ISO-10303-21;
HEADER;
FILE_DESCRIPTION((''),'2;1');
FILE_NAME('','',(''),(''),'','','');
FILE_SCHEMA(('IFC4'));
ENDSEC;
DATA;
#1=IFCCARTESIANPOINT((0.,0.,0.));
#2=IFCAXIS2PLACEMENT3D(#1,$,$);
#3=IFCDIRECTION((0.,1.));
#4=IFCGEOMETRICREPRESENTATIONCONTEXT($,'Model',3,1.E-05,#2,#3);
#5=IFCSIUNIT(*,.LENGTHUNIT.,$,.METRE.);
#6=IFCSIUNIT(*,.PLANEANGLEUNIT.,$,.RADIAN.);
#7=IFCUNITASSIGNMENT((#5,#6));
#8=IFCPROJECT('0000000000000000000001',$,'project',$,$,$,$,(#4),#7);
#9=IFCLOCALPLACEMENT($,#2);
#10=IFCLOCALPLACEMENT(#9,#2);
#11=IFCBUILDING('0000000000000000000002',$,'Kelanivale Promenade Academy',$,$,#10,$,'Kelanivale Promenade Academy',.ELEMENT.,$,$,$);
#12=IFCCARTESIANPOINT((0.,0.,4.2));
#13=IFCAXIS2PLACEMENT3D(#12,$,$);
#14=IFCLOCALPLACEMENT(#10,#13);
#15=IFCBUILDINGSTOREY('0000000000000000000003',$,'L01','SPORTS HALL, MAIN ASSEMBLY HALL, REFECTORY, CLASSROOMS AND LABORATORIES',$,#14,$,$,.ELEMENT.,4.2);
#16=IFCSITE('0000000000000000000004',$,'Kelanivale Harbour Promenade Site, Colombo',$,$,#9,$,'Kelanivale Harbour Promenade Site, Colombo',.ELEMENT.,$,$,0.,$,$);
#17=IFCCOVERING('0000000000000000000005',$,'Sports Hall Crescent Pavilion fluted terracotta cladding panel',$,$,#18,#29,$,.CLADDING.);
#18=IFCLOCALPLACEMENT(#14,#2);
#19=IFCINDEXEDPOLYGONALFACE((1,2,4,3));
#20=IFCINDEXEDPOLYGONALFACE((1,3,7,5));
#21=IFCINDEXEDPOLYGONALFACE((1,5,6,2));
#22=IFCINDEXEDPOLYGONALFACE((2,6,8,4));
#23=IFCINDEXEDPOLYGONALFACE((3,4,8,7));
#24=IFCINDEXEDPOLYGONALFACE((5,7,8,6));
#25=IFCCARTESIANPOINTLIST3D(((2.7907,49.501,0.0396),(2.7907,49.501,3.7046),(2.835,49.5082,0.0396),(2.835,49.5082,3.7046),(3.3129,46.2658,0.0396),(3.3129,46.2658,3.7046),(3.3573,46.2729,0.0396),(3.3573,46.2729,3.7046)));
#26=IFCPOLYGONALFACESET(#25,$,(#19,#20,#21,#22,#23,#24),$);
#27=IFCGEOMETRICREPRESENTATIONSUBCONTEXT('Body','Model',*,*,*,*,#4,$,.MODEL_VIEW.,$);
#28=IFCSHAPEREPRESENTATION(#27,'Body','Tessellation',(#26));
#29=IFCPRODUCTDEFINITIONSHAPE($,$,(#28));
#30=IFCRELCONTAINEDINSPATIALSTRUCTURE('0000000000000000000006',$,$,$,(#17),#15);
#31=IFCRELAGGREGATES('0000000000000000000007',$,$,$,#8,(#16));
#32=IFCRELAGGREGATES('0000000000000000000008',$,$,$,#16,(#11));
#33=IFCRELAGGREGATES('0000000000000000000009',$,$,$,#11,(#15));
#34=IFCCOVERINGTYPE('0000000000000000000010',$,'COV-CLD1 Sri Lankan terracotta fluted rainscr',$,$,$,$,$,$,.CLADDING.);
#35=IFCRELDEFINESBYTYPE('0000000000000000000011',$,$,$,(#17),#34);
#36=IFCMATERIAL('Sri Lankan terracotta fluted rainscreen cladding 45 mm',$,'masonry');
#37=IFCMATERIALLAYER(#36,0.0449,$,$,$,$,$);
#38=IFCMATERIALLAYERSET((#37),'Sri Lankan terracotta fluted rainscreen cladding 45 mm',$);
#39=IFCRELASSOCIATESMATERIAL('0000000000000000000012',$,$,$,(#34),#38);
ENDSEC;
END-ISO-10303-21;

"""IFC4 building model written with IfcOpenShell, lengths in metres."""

from ifc_helpers import new_model, si_unit, direction, frame, origin, origin_2d, place, context, subcontext, project, spatial, rectangle, extrude, material, layer, layer_set, type_object, element, save


model = new_model("IFC4")

# Units and contexts
model_context = context("Model", 3, precision=1e-05, world=origin(), true_north=direction((0.0, 1.0)))
body_context = subcontext(model_context, "Body", "Model", "MODEL_VIEW")
ifc_project = project(units=[si_unit("LENGTHUNIT", "METRE"), si_unit("PLANEANGLEUNIT", "RADIAN")], contexts=[model_context])

# Site, building, storey
site_placement = place(None, origin())
site = spatial("IfcSite", under=ifc_project, at=site_placement, Name="Kelanivale Harbour Promenade Site, Colombo", LongName="Kelanivale Harbour Promenade Site, Colombo", CompositionType="ELEMENT", RefElevation=0.0)
building_placement = place(site_placement, origin())
building = spatial("IfcBuilding", under=site, at=building_placement, Name="Kelanivale Promenade Academy", LongName="Kelanivale Promenade Academy", CompositionType="ELEMENT")
storey_placement = place(building_placement, frame((0.0, 0.0, 4.2)))
storey = spatial("IfcBuildingStorey", under=building, at=storey_placement, Name="L01", Description="SPORTS HALL, MAIN ASSEMBLY HALL, REFECTORY, CLASSROOMS AND LABORATORIES", CompositionType="ELEMENT", Elevation=4.2)

# Covering
ifc_material_1 = material(Name="Sri Lankan terracotta fluted rainscreen cladding 45 mm", Category="masonry")
ifc_layer_1 = layer(ifc_material_1, 0.0449)
ifc_layer_set_1 = layer_set([ifc_layer_1], Name="Sri Lankan terracotta fluted rainscreen cladding 45 mm")
covering_type = type_object("IfcCoveringType", Name="COV-CLD1 Sri Lankan terracotta fluted rainscr", PredefinedType="CLADDING", material=ifc_layer_set_1)
covering_1_placement = place(storey_placement, frame((3.074, 47.887, 0.0396), z_axis=(0.0, 0.0, 1.0), x_axis=(0.159364, -0.98722, 0.0)))
element("IfcCovering", 1, at=covering_1_placement, inside=storey, type_object=covering_type, Name="Sports Hall Crescent Pavilion fluted terracotta cladding panel", PredefinedType="CLADDING", context=body_context, shape_type="SweptSolid", body=[
    extrude(rectangle(XDim=3.2771, YDim=0.0449, at=origin_2d()), origin(), (0.0, 0.0, 1.0), 3.665),
])

save(model, "model.ifc")
